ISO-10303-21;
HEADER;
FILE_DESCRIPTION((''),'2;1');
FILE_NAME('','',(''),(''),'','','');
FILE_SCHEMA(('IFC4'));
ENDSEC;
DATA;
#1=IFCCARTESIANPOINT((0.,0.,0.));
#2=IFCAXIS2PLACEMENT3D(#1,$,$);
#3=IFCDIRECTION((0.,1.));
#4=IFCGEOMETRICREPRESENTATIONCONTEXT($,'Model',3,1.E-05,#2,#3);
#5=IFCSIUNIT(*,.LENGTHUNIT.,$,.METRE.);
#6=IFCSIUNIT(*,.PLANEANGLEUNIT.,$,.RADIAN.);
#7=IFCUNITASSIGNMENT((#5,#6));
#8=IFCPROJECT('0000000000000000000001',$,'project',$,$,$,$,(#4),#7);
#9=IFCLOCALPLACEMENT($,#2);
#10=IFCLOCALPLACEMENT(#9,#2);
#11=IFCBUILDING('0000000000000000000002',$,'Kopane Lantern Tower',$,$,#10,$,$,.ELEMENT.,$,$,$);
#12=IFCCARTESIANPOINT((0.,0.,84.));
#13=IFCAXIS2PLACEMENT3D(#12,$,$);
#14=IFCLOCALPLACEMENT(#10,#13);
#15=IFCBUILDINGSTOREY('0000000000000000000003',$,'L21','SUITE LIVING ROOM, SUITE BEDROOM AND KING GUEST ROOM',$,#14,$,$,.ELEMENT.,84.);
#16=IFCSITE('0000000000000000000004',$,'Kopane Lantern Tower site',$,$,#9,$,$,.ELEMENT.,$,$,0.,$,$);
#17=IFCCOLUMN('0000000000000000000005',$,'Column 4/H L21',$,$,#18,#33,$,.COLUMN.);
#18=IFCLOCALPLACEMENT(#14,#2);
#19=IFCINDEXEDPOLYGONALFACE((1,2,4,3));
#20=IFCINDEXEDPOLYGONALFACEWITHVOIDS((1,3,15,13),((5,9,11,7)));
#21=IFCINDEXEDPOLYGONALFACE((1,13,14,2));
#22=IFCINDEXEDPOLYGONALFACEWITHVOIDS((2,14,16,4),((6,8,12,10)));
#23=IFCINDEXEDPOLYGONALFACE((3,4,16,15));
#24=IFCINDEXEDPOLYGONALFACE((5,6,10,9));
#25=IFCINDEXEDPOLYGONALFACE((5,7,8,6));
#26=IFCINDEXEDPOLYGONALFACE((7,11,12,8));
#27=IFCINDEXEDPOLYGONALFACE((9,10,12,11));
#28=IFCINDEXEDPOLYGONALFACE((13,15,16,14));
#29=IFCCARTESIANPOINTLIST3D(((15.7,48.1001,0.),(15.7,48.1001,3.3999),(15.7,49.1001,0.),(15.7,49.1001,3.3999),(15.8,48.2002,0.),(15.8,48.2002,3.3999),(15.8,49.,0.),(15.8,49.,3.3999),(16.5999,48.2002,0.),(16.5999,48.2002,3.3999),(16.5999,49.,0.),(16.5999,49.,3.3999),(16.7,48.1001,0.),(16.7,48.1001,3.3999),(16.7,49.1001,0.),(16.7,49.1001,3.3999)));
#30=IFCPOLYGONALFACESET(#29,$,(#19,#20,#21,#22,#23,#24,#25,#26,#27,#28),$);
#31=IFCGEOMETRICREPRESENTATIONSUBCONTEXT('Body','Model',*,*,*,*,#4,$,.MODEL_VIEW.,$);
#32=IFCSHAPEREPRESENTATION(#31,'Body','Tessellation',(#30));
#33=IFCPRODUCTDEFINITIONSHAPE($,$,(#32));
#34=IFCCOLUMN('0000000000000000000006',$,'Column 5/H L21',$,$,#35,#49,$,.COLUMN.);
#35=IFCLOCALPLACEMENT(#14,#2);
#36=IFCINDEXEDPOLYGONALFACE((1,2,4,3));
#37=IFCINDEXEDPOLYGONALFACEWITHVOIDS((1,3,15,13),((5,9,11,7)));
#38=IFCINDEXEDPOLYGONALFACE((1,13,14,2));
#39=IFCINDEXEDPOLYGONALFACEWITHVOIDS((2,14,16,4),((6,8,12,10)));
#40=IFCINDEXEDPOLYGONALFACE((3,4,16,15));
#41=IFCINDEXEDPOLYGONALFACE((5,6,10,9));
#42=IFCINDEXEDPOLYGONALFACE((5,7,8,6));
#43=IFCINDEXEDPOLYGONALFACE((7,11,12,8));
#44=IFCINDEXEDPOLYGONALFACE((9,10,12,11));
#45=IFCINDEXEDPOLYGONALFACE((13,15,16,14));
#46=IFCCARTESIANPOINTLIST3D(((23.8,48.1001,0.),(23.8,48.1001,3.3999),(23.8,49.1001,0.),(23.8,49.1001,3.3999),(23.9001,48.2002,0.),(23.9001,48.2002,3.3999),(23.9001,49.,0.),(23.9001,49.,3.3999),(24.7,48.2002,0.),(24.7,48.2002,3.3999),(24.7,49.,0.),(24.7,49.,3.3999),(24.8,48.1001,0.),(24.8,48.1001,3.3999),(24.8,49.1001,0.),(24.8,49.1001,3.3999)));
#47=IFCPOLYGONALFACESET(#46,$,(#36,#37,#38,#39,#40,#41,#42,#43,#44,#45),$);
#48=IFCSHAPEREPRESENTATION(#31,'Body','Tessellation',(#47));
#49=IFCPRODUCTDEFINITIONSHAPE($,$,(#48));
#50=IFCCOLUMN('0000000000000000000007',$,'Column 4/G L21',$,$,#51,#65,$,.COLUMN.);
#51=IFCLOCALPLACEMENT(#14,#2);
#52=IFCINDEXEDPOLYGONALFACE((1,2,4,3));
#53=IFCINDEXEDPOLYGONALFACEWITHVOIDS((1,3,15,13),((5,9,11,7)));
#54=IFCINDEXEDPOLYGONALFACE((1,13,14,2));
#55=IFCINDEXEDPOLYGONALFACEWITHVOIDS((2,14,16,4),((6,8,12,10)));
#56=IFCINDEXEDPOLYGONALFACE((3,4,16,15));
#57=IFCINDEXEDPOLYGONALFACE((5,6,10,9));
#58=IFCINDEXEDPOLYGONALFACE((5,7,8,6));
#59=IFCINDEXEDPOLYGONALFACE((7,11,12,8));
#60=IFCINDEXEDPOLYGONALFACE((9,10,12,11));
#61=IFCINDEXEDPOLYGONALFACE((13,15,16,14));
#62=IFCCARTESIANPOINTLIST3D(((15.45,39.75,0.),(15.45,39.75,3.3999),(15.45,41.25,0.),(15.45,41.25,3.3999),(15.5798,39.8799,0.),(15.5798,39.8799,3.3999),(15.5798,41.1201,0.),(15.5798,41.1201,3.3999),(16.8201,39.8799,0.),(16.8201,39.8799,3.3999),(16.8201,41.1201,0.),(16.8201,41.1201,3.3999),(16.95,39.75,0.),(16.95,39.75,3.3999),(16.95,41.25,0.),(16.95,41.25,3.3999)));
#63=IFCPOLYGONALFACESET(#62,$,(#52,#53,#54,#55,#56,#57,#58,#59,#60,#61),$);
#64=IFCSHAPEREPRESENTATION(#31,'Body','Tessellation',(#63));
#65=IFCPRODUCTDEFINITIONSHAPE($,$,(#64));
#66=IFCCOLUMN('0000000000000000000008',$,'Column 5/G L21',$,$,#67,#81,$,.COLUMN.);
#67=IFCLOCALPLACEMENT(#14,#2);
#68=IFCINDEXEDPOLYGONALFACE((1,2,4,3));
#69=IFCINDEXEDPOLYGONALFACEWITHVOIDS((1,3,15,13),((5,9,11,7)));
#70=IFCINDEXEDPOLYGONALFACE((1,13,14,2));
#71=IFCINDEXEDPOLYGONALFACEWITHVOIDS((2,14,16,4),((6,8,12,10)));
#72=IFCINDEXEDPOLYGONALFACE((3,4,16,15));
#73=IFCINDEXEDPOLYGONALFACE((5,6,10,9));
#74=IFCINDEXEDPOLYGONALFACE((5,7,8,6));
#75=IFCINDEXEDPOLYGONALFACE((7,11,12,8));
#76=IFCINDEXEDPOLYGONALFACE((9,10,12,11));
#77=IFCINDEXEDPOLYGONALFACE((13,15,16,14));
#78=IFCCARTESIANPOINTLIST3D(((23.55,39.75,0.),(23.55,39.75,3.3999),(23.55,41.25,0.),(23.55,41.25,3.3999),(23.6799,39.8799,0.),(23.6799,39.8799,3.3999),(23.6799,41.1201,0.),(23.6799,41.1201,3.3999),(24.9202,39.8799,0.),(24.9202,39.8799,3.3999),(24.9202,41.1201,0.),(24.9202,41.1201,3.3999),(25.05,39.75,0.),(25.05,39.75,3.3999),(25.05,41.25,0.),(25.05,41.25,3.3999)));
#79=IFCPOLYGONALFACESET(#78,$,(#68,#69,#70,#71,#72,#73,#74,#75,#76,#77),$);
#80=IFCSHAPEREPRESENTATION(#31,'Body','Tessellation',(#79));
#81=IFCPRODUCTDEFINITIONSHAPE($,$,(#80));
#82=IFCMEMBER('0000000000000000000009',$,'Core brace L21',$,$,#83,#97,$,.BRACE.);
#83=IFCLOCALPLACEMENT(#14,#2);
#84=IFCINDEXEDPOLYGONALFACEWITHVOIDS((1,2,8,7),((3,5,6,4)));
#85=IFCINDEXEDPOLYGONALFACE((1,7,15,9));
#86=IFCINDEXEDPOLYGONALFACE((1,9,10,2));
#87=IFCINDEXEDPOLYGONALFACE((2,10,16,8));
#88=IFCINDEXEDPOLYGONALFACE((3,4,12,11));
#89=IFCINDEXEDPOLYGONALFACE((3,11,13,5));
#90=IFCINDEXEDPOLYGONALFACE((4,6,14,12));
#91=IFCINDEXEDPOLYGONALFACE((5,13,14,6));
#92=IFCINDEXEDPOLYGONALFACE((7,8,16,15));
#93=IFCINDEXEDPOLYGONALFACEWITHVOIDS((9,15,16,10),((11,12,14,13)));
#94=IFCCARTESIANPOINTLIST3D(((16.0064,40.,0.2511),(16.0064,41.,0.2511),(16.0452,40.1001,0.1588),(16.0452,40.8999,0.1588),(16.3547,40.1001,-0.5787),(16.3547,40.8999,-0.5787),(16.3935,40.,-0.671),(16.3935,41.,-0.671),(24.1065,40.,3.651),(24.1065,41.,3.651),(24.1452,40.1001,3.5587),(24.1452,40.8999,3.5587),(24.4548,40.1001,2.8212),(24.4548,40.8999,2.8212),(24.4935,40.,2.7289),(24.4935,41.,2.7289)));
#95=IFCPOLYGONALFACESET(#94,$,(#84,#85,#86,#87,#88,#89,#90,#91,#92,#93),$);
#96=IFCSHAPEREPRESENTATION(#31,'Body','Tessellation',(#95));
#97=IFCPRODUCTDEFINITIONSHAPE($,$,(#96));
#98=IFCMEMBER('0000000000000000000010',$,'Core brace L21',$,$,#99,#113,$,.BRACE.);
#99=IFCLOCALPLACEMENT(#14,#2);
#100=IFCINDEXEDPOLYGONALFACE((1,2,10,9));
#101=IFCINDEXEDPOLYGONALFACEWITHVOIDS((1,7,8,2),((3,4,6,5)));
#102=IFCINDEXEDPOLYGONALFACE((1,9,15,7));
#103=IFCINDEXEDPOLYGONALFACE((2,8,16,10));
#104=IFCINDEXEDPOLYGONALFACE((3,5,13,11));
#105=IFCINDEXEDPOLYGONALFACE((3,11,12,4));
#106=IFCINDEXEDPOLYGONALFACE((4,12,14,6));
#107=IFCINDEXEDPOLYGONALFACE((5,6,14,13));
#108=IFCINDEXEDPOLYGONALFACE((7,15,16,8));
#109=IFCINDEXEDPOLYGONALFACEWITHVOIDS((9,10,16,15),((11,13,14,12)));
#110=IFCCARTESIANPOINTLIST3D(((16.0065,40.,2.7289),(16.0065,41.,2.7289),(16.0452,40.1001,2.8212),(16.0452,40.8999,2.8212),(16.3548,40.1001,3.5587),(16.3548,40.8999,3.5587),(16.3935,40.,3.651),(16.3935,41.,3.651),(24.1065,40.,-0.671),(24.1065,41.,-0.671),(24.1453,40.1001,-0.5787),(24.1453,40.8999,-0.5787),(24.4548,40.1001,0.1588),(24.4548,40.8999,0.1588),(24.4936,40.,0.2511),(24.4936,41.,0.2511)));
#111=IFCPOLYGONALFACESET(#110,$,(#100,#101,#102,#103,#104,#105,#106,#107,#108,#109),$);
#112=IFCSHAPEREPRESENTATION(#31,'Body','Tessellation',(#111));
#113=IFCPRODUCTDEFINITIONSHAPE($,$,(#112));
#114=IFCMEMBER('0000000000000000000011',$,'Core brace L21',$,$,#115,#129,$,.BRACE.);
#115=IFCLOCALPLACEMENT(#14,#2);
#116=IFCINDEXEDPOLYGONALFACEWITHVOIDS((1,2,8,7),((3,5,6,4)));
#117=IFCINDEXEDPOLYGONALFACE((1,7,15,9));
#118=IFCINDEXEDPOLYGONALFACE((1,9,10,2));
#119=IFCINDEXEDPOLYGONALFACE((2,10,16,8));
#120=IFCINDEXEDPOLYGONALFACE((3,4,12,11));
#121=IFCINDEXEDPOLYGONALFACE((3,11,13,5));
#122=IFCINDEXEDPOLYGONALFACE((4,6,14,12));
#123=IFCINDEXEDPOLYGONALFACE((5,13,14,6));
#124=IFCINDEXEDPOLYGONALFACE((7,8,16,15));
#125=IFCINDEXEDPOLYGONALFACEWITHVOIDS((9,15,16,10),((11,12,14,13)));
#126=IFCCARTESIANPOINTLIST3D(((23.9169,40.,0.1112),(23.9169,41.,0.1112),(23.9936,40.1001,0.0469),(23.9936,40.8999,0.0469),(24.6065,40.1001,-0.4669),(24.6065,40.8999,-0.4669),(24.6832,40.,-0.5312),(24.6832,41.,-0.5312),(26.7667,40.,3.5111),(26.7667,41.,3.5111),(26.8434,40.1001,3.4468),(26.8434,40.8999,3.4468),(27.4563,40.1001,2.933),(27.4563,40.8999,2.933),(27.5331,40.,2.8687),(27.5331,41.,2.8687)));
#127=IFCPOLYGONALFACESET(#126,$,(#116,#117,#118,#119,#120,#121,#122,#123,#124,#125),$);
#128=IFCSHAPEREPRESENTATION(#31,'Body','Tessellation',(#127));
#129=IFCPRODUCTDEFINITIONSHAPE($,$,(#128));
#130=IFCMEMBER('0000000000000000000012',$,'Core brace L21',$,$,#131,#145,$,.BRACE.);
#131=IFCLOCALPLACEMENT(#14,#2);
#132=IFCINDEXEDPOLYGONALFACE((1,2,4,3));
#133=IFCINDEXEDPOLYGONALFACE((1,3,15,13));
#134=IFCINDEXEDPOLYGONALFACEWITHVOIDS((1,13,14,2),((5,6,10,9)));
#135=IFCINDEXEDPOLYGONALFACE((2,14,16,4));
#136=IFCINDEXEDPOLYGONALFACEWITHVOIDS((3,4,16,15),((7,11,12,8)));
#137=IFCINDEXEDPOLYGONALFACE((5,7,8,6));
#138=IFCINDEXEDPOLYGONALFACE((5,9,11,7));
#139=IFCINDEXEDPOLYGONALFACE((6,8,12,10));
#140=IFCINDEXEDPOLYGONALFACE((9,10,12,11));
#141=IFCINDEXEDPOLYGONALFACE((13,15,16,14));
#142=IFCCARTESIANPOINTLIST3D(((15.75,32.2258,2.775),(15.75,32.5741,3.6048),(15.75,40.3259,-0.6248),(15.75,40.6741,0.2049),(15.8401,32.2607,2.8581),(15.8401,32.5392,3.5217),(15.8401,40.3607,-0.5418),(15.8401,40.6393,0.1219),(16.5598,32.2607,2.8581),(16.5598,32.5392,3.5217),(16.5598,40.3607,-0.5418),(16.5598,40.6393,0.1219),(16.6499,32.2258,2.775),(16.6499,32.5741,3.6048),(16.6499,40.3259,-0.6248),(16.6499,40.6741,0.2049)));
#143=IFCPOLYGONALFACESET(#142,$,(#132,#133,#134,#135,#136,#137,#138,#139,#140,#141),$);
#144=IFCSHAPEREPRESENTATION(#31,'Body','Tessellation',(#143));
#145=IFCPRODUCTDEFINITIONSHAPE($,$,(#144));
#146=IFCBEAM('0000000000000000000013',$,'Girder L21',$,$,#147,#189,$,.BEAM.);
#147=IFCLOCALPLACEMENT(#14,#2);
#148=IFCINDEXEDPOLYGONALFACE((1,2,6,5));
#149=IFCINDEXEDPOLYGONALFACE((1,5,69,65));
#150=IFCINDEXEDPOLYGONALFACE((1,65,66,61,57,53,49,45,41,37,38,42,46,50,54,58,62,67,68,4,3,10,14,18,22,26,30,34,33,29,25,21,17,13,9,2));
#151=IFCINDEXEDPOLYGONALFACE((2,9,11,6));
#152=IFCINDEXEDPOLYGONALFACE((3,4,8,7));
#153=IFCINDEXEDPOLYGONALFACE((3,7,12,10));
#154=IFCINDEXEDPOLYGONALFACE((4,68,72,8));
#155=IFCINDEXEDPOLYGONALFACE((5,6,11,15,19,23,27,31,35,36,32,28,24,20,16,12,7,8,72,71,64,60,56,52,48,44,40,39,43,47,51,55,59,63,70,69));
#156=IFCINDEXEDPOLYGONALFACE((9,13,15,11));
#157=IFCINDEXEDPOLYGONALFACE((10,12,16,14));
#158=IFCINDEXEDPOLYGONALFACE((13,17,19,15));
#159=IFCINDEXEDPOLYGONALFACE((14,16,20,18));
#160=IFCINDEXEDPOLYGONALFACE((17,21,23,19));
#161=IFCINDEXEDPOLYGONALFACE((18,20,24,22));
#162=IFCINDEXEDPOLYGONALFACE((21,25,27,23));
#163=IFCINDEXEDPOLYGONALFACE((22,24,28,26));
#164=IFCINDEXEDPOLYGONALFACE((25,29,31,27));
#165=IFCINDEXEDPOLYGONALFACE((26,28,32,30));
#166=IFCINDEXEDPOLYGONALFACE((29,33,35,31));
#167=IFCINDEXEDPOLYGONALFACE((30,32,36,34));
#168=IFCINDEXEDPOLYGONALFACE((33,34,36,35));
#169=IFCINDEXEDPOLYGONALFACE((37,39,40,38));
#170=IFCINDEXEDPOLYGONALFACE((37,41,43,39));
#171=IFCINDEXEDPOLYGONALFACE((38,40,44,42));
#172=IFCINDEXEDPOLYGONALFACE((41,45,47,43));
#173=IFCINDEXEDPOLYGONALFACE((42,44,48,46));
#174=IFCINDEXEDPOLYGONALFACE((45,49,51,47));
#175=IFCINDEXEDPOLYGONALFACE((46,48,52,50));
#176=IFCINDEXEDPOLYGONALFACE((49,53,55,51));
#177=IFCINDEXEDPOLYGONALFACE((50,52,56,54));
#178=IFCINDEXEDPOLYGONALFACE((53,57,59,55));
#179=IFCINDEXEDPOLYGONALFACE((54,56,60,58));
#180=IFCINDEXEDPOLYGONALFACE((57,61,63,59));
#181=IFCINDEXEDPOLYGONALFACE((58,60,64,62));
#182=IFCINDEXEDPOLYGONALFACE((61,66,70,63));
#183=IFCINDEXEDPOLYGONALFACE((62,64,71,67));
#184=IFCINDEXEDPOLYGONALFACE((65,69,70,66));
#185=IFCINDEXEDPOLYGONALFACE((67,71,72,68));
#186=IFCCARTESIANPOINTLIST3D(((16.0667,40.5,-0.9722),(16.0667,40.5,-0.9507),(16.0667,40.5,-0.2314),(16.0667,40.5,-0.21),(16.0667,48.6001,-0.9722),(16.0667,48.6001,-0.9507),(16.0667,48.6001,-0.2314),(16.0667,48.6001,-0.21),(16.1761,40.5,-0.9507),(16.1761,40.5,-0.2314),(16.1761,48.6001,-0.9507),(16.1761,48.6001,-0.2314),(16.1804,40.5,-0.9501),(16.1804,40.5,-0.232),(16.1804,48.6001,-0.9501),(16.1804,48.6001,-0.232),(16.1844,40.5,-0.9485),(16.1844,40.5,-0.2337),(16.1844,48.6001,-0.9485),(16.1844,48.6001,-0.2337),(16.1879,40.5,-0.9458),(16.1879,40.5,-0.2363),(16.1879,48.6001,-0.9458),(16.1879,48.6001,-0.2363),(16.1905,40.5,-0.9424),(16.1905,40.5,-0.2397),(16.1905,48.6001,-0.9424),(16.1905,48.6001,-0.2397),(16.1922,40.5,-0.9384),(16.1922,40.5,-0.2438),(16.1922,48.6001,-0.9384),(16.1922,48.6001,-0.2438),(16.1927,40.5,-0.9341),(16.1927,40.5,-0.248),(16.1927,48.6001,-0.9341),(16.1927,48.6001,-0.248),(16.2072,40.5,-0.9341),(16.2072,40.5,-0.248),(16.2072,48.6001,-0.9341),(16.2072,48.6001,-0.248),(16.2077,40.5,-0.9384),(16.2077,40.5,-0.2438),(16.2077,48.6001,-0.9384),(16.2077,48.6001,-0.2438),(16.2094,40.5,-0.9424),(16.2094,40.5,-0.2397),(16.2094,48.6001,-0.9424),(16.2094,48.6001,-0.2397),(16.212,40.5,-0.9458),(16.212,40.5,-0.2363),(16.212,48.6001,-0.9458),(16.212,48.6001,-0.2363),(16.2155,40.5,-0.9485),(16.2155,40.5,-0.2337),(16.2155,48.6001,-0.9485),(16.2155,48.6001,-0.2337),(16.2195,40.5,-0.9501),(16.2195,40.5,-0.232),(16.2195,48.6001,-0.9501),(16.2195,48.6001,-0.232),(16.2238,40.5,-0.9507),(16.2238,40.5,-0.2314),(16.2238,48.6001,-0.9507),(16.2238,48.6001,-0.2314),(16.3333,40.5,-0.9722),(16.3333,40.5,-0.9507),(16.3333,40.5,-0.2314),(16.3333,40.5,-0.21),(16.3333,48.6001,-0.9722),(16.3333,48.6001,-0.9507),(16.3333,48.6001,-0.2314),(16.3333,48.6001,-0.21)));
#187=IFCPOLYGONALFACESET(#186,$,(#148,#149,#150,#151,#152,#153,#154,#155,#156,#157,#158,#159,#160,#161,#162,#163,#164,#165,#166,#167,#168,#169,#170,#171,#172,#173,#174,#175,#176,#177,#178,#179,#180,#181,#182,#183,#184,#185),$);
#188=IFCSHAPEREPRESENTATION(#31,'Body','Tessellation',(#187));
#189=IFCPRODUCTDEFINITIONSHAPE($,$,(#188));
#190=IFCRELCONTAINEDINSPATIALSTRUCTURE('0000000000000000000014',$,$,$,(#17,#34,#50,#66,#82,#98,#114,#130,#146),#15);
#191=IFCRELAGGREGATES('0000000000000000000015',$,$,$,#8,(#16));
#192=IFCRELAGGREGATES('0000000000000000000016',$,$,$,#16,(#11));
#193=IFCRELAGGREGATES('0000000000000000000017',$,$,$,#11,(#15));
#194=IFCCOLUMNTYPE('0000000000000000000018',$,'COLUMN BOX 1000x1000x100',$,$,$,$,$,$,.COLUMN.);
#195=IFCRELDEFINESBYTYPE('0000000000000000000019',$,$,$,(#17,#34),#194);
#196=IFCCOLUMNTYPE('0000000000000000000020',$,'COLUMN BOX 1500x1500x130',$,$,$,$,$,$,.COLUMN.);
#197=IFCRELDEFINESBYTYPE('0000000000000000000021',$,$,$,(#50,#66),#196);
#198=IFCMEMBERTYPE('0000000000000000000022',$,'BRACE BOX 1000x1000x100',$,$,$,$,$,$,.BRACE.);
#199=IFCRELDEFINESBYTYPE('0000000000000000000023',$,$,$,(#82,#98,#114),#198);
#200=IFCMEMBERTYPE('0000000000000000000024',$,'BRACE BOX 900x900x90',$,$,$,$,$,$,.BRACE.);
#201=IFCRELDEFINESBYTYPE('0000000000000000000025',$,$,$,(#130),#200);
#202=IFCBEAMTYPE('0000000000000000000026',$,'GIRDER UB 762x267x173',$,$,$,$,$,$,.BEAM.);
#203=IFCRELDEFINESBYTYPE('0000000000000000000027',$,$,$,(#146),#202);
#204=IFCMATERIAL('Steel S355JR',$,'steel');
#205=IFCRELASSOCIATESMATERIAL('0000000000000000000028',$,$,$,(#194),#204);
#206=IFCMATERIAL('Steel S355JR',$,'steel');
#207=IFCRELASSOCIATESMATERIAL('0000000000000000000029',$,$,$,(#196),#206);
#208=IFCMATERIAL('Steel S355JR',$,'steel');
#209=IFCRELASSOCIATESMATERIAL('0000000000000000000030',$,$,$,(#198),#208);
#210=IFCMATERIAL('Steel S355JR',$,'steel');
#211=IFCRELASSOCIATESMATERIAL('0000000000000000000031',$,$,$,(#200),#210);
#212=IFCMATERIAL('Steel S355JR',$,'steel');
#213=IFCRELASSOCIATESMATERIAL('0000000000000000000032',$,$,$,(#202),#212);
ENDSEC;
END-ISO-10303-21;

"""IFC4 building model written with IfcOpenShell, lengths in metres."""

from ifc_helpers import new_model, si_unit, direction, frame, origin, origin_2d, place, context, subcontext, project, spatial, hollow_rectangle, i_section, extrude, material, material_profile, profile_set, type_object, element, save


model = new_model("IFC4")

# Units and contexts
model_context = context("Model", 3, precision=1e-05, world=origin(), true_north=direction((0.0, 1.0)))
body_context = subcontext(model_context, "Body", "Model", "MODEL_VIEW")
ifc_project = project(units=[si_unit("LENGTHUNIT", "METRE"), si_unit("PLANEANGLEUNIT", "RADIAN")], contexts=[model_context])

# Site, building, storey
site_placement = place(None, origin())
site = spatial("IfcSite", under=ifc_project, at=site_placement, Name="Kopane Lantern Tower site", CompositionType="ELEMENT", RefElevation=0.0)
building_placement = place(site_placement, origin())
building = spatial("IfcBuilding", under=site, at=building_placement, Name="Kopane Lantern Tower", CompositionType="ELEMENT")
storey_placement = place(building_placement, frame((0.0, 0.0, 84.0)))
storey = spatial("IfcBuildingStorey", under=building, at=storey_placement, Name="L21", Description="SUITE LIVING ROOM, SUITE BEDROOM AND KING GUEST ROOM", CompositionType="ELEMENT", Elevation=84.0)

# Columns
ifc_material_1 = material(Name="Steel S355JR", Category="steel")
ifc_material_profile_1 = material_profile(ifc_material_1, hollow_rectangle(XDim=1.0, YDim=1.0, WallThickness=0.1001, at=origin_2d()), Name="BOX 1000x1000x100")
ifc_profile_set_1 = profile_set([ifc_material_profile_1], Name="Steel S355JR")
column_type_1 = type_object("IfcColumnType", Name="COLUMN BOX 1000x1000x100", PredefinedType="COLUMN", material=ifc_profile_set_1)
for number, where, z_axis, x_axis, name in (
    (1, (16.2, 48.6001, 0.0), (0.0, 0.0, 1.0), (1.0, 0.0, 0.0), "Column 4/H L21"),
    (2, (24.3, 48.6001, 0.0), (0.0, 0.0, 1.0), (1.0, 0.0, 0.0), "Column 5/H L21"),
):
    element("IfcColumn", number, at=place(storey_placement, frame(where, z_axis=z_axis, x_axis=x_axis)), inside=storey, type_object=column_type_1, Name=name, PredefinedType="COLUMN", context=body_context, shape_type="SweptSolid", body=[
        extrude(hollow_rectangle(XDim=1.0, YDim=1.0, WallThickness=0.1001, at=origin_2d()), origin(), (0.0, 0.0, 1.0), 3.3999),
    ])
ifc_material_2 = material(Name="Steel S355JR", Category="steel")
ifc_material_profile_2 = material_profile(ifc_material_2, hollow_rectangle(XDim=1.5, YDim=1.5, WallThickness=0.1299, at=origin_2d()), Name="BOX 1500x1500x130")
ifc_profile_set_2 = profile_set([ifc_material_profile_2], Name="Steel S355JR")
column_type_2 = type_object("IfcColumnType", Name="COLUMN BOX 1500x1500x130", PredefinedType="COLUMN", material=ifc_profile_set_2)
for number, where, z_axis, x_axis, name in (
    (3, (16.2, 40.5, 0.0), (0.0, 0.0, 1.0), (1.0, 0.0, 0.0), "Column 4/G L21"),
    (4, (24.3, 40.5, 0.0), (0.0, 0.0, 1.0), (1.0, 0.0, 0.0), "Column 5/G L21"),
):
    element("IfcColumn", number, at=place(storey_placement, frame(where, z_axis=z_axis, x_axis=x_axis)), inside=storey, type_object=column_type_2, Name=name, PredefinedType="COLUMN", context=body_context, shape_type="SweptSolid", body=[
        extrude(hollow_rectangle(XDim=1.5, YDim=1.5, WallThickness=0.1299, at=origin_2d()), origin(), (0.0, 0.0, 1.0), 3.3999),
    ])

# Members
ifc_material_3 = material(Name="Steel S355JR", Category="steel")
ifc_material_profile_3 = material_profile(ifc_material_3, hollow_rectangle(XDim=1.0, YDim=1.0, WallThickness=0.1001, at=origin_2d()), Name="BOX 1000x1000x100")
ifc_profile_set_3 = profile_set([ifc_material_profile_3], Name="Steel S355JR")
member_type_1 = type_object("IfcMemberType", Name="BRACE BOX 1000x1000x100", PredefinedType="BRACE", material=ifc_profile_set_3)
for number, where, z_axis, x_axis, name in (
    (5, (16.2, 40.5, -0.21), (0.922069, 0.0, 0.387026), (0.0, 1.0, 0.0), "Core brace L21"),
    (6, (24.3, 40.5, -0.21), (-0.922069, 0.0, 0.387026), (0.0, -1.0, 0.0), "Core brace L21"),
):
    element("IfcMember", number, at=place(storey_placement, frame(where, z_axis=z_axis, x_axis=x_axis)), inside=storey, type_object=member_type_1, Name=name, PredefinedType="BRACE", context=body_context, shape_type="SweptSolid", body=[
        extrude(hollow_rectangle(XDim=1.0, YDim=1.0, WallThickness=0.1001, at=origin_2d()), origin(), (0.0, 0.0, 1.0), 8.7847),
    ])
member_1_placement = place(storey_placement, frame((24.3, 40.5, -0.21), z_axis=(0.64239, 0.0, 0.766378), x_axis=(0.0, 1.0, 0.0)))
element("IfcMember", 7, at=member_1_placement, inside=storey, type_object=member_type_1, Name="Core brace L21", PredefinedType="BRACE", context=body_context, shape_type="SweptSolid", body=[
    extrude(hollow_rectangle(XDim=1.0, YDim=1.0, WallThickness=0.1001, at=origin_2d()), origin(), (0.0, 0.0, 1.0), 4.4363),
])
ifc_material_4 = material(Name="Steel S355JR", Category="steel")
ifc_material_profile_4 = material_profile(ifc_material_4, hollow_rectangle(XDim=0.8999, YDim=0.8999, WallThickness=0.0901, at=origin_2d()), Name="BOX 900x900x90")
ifc_profile_set_4 = profile_set([ifc_material_profile_4], Name="Steel S355JR")
member_type_2 = type_object("IfcMemberType", Name="BRACE BOX 900x900x90", PredefinedType="BRACE", material=ifc_profile_set_4)
member_2_placement = place(storey_placement, frame((16.2, 40.5, -0.21), z_axis=(0.0, -0.922069, 0.387026), x_axis=(1.0, 0.0, 0.0)))
element("IfcMember", 8, at=member_2_placement, inside=storey, type_object=member_type_2, Name="Core brace L21", PredefinedType="BRACE", context=body_context, shape_type="SweptSolid", body=[
    extrude(hollow_rectangle(XDim=0.8999, YDim=0.8999, WallThickness=0.0901, at=origin_2d()), origin(), (0.0, 0.0, 1.0), 8.7847),
])

# Beam
ifc_material_5 = material(Name="Steel S355JR", Category="steel")
ifc_material_profile_5 = material_profile(ifc_material_5, i_section(OverallWidth=0.2666, OverallDepth=0.7622, WebThickness=0.0144, FlangeThickness=0.0215, FilletRadius=0.0166, at=origin_2d()), Name="UB 762x267x173")
ifc_profile_set_5 = profile_set([ifc_material_profile_5], Name="Steel S355JR")
beam_type_1 = type_object("IfcBeamType", Name="GIRDER UB 762x267x173", PredefinedType="BEAM", material=ifc_profile_set_5)
for number, where, z_axis, x_axis, name in (
    (9, (16.2, 40.5, -0.5911), (0.0, 1.0, 0.0), (-1.0, 0.0, 0.0), "Girder L21"),
):
    element("IfcBeam", number, at=place(storey_placement, frame(where, z_axis=z_axis, x_axis=x_axis)), inside=storey, type_object=beam_type_1, Name=name, PredefinedType="BEAM", context=body_context, shape_type="SweptSolid", body=[
        extrude(i_section(OverallWidth=0.2666, OverallDepth=0.7622, WebThickness=0.0144, FlangeThickness=0.0215, FilletRadius=0.0166, at=origin_2d()), origin(), (0.0, 0.0, 1.0), 8.1001),
    ])

save(model, "model.ifc")
